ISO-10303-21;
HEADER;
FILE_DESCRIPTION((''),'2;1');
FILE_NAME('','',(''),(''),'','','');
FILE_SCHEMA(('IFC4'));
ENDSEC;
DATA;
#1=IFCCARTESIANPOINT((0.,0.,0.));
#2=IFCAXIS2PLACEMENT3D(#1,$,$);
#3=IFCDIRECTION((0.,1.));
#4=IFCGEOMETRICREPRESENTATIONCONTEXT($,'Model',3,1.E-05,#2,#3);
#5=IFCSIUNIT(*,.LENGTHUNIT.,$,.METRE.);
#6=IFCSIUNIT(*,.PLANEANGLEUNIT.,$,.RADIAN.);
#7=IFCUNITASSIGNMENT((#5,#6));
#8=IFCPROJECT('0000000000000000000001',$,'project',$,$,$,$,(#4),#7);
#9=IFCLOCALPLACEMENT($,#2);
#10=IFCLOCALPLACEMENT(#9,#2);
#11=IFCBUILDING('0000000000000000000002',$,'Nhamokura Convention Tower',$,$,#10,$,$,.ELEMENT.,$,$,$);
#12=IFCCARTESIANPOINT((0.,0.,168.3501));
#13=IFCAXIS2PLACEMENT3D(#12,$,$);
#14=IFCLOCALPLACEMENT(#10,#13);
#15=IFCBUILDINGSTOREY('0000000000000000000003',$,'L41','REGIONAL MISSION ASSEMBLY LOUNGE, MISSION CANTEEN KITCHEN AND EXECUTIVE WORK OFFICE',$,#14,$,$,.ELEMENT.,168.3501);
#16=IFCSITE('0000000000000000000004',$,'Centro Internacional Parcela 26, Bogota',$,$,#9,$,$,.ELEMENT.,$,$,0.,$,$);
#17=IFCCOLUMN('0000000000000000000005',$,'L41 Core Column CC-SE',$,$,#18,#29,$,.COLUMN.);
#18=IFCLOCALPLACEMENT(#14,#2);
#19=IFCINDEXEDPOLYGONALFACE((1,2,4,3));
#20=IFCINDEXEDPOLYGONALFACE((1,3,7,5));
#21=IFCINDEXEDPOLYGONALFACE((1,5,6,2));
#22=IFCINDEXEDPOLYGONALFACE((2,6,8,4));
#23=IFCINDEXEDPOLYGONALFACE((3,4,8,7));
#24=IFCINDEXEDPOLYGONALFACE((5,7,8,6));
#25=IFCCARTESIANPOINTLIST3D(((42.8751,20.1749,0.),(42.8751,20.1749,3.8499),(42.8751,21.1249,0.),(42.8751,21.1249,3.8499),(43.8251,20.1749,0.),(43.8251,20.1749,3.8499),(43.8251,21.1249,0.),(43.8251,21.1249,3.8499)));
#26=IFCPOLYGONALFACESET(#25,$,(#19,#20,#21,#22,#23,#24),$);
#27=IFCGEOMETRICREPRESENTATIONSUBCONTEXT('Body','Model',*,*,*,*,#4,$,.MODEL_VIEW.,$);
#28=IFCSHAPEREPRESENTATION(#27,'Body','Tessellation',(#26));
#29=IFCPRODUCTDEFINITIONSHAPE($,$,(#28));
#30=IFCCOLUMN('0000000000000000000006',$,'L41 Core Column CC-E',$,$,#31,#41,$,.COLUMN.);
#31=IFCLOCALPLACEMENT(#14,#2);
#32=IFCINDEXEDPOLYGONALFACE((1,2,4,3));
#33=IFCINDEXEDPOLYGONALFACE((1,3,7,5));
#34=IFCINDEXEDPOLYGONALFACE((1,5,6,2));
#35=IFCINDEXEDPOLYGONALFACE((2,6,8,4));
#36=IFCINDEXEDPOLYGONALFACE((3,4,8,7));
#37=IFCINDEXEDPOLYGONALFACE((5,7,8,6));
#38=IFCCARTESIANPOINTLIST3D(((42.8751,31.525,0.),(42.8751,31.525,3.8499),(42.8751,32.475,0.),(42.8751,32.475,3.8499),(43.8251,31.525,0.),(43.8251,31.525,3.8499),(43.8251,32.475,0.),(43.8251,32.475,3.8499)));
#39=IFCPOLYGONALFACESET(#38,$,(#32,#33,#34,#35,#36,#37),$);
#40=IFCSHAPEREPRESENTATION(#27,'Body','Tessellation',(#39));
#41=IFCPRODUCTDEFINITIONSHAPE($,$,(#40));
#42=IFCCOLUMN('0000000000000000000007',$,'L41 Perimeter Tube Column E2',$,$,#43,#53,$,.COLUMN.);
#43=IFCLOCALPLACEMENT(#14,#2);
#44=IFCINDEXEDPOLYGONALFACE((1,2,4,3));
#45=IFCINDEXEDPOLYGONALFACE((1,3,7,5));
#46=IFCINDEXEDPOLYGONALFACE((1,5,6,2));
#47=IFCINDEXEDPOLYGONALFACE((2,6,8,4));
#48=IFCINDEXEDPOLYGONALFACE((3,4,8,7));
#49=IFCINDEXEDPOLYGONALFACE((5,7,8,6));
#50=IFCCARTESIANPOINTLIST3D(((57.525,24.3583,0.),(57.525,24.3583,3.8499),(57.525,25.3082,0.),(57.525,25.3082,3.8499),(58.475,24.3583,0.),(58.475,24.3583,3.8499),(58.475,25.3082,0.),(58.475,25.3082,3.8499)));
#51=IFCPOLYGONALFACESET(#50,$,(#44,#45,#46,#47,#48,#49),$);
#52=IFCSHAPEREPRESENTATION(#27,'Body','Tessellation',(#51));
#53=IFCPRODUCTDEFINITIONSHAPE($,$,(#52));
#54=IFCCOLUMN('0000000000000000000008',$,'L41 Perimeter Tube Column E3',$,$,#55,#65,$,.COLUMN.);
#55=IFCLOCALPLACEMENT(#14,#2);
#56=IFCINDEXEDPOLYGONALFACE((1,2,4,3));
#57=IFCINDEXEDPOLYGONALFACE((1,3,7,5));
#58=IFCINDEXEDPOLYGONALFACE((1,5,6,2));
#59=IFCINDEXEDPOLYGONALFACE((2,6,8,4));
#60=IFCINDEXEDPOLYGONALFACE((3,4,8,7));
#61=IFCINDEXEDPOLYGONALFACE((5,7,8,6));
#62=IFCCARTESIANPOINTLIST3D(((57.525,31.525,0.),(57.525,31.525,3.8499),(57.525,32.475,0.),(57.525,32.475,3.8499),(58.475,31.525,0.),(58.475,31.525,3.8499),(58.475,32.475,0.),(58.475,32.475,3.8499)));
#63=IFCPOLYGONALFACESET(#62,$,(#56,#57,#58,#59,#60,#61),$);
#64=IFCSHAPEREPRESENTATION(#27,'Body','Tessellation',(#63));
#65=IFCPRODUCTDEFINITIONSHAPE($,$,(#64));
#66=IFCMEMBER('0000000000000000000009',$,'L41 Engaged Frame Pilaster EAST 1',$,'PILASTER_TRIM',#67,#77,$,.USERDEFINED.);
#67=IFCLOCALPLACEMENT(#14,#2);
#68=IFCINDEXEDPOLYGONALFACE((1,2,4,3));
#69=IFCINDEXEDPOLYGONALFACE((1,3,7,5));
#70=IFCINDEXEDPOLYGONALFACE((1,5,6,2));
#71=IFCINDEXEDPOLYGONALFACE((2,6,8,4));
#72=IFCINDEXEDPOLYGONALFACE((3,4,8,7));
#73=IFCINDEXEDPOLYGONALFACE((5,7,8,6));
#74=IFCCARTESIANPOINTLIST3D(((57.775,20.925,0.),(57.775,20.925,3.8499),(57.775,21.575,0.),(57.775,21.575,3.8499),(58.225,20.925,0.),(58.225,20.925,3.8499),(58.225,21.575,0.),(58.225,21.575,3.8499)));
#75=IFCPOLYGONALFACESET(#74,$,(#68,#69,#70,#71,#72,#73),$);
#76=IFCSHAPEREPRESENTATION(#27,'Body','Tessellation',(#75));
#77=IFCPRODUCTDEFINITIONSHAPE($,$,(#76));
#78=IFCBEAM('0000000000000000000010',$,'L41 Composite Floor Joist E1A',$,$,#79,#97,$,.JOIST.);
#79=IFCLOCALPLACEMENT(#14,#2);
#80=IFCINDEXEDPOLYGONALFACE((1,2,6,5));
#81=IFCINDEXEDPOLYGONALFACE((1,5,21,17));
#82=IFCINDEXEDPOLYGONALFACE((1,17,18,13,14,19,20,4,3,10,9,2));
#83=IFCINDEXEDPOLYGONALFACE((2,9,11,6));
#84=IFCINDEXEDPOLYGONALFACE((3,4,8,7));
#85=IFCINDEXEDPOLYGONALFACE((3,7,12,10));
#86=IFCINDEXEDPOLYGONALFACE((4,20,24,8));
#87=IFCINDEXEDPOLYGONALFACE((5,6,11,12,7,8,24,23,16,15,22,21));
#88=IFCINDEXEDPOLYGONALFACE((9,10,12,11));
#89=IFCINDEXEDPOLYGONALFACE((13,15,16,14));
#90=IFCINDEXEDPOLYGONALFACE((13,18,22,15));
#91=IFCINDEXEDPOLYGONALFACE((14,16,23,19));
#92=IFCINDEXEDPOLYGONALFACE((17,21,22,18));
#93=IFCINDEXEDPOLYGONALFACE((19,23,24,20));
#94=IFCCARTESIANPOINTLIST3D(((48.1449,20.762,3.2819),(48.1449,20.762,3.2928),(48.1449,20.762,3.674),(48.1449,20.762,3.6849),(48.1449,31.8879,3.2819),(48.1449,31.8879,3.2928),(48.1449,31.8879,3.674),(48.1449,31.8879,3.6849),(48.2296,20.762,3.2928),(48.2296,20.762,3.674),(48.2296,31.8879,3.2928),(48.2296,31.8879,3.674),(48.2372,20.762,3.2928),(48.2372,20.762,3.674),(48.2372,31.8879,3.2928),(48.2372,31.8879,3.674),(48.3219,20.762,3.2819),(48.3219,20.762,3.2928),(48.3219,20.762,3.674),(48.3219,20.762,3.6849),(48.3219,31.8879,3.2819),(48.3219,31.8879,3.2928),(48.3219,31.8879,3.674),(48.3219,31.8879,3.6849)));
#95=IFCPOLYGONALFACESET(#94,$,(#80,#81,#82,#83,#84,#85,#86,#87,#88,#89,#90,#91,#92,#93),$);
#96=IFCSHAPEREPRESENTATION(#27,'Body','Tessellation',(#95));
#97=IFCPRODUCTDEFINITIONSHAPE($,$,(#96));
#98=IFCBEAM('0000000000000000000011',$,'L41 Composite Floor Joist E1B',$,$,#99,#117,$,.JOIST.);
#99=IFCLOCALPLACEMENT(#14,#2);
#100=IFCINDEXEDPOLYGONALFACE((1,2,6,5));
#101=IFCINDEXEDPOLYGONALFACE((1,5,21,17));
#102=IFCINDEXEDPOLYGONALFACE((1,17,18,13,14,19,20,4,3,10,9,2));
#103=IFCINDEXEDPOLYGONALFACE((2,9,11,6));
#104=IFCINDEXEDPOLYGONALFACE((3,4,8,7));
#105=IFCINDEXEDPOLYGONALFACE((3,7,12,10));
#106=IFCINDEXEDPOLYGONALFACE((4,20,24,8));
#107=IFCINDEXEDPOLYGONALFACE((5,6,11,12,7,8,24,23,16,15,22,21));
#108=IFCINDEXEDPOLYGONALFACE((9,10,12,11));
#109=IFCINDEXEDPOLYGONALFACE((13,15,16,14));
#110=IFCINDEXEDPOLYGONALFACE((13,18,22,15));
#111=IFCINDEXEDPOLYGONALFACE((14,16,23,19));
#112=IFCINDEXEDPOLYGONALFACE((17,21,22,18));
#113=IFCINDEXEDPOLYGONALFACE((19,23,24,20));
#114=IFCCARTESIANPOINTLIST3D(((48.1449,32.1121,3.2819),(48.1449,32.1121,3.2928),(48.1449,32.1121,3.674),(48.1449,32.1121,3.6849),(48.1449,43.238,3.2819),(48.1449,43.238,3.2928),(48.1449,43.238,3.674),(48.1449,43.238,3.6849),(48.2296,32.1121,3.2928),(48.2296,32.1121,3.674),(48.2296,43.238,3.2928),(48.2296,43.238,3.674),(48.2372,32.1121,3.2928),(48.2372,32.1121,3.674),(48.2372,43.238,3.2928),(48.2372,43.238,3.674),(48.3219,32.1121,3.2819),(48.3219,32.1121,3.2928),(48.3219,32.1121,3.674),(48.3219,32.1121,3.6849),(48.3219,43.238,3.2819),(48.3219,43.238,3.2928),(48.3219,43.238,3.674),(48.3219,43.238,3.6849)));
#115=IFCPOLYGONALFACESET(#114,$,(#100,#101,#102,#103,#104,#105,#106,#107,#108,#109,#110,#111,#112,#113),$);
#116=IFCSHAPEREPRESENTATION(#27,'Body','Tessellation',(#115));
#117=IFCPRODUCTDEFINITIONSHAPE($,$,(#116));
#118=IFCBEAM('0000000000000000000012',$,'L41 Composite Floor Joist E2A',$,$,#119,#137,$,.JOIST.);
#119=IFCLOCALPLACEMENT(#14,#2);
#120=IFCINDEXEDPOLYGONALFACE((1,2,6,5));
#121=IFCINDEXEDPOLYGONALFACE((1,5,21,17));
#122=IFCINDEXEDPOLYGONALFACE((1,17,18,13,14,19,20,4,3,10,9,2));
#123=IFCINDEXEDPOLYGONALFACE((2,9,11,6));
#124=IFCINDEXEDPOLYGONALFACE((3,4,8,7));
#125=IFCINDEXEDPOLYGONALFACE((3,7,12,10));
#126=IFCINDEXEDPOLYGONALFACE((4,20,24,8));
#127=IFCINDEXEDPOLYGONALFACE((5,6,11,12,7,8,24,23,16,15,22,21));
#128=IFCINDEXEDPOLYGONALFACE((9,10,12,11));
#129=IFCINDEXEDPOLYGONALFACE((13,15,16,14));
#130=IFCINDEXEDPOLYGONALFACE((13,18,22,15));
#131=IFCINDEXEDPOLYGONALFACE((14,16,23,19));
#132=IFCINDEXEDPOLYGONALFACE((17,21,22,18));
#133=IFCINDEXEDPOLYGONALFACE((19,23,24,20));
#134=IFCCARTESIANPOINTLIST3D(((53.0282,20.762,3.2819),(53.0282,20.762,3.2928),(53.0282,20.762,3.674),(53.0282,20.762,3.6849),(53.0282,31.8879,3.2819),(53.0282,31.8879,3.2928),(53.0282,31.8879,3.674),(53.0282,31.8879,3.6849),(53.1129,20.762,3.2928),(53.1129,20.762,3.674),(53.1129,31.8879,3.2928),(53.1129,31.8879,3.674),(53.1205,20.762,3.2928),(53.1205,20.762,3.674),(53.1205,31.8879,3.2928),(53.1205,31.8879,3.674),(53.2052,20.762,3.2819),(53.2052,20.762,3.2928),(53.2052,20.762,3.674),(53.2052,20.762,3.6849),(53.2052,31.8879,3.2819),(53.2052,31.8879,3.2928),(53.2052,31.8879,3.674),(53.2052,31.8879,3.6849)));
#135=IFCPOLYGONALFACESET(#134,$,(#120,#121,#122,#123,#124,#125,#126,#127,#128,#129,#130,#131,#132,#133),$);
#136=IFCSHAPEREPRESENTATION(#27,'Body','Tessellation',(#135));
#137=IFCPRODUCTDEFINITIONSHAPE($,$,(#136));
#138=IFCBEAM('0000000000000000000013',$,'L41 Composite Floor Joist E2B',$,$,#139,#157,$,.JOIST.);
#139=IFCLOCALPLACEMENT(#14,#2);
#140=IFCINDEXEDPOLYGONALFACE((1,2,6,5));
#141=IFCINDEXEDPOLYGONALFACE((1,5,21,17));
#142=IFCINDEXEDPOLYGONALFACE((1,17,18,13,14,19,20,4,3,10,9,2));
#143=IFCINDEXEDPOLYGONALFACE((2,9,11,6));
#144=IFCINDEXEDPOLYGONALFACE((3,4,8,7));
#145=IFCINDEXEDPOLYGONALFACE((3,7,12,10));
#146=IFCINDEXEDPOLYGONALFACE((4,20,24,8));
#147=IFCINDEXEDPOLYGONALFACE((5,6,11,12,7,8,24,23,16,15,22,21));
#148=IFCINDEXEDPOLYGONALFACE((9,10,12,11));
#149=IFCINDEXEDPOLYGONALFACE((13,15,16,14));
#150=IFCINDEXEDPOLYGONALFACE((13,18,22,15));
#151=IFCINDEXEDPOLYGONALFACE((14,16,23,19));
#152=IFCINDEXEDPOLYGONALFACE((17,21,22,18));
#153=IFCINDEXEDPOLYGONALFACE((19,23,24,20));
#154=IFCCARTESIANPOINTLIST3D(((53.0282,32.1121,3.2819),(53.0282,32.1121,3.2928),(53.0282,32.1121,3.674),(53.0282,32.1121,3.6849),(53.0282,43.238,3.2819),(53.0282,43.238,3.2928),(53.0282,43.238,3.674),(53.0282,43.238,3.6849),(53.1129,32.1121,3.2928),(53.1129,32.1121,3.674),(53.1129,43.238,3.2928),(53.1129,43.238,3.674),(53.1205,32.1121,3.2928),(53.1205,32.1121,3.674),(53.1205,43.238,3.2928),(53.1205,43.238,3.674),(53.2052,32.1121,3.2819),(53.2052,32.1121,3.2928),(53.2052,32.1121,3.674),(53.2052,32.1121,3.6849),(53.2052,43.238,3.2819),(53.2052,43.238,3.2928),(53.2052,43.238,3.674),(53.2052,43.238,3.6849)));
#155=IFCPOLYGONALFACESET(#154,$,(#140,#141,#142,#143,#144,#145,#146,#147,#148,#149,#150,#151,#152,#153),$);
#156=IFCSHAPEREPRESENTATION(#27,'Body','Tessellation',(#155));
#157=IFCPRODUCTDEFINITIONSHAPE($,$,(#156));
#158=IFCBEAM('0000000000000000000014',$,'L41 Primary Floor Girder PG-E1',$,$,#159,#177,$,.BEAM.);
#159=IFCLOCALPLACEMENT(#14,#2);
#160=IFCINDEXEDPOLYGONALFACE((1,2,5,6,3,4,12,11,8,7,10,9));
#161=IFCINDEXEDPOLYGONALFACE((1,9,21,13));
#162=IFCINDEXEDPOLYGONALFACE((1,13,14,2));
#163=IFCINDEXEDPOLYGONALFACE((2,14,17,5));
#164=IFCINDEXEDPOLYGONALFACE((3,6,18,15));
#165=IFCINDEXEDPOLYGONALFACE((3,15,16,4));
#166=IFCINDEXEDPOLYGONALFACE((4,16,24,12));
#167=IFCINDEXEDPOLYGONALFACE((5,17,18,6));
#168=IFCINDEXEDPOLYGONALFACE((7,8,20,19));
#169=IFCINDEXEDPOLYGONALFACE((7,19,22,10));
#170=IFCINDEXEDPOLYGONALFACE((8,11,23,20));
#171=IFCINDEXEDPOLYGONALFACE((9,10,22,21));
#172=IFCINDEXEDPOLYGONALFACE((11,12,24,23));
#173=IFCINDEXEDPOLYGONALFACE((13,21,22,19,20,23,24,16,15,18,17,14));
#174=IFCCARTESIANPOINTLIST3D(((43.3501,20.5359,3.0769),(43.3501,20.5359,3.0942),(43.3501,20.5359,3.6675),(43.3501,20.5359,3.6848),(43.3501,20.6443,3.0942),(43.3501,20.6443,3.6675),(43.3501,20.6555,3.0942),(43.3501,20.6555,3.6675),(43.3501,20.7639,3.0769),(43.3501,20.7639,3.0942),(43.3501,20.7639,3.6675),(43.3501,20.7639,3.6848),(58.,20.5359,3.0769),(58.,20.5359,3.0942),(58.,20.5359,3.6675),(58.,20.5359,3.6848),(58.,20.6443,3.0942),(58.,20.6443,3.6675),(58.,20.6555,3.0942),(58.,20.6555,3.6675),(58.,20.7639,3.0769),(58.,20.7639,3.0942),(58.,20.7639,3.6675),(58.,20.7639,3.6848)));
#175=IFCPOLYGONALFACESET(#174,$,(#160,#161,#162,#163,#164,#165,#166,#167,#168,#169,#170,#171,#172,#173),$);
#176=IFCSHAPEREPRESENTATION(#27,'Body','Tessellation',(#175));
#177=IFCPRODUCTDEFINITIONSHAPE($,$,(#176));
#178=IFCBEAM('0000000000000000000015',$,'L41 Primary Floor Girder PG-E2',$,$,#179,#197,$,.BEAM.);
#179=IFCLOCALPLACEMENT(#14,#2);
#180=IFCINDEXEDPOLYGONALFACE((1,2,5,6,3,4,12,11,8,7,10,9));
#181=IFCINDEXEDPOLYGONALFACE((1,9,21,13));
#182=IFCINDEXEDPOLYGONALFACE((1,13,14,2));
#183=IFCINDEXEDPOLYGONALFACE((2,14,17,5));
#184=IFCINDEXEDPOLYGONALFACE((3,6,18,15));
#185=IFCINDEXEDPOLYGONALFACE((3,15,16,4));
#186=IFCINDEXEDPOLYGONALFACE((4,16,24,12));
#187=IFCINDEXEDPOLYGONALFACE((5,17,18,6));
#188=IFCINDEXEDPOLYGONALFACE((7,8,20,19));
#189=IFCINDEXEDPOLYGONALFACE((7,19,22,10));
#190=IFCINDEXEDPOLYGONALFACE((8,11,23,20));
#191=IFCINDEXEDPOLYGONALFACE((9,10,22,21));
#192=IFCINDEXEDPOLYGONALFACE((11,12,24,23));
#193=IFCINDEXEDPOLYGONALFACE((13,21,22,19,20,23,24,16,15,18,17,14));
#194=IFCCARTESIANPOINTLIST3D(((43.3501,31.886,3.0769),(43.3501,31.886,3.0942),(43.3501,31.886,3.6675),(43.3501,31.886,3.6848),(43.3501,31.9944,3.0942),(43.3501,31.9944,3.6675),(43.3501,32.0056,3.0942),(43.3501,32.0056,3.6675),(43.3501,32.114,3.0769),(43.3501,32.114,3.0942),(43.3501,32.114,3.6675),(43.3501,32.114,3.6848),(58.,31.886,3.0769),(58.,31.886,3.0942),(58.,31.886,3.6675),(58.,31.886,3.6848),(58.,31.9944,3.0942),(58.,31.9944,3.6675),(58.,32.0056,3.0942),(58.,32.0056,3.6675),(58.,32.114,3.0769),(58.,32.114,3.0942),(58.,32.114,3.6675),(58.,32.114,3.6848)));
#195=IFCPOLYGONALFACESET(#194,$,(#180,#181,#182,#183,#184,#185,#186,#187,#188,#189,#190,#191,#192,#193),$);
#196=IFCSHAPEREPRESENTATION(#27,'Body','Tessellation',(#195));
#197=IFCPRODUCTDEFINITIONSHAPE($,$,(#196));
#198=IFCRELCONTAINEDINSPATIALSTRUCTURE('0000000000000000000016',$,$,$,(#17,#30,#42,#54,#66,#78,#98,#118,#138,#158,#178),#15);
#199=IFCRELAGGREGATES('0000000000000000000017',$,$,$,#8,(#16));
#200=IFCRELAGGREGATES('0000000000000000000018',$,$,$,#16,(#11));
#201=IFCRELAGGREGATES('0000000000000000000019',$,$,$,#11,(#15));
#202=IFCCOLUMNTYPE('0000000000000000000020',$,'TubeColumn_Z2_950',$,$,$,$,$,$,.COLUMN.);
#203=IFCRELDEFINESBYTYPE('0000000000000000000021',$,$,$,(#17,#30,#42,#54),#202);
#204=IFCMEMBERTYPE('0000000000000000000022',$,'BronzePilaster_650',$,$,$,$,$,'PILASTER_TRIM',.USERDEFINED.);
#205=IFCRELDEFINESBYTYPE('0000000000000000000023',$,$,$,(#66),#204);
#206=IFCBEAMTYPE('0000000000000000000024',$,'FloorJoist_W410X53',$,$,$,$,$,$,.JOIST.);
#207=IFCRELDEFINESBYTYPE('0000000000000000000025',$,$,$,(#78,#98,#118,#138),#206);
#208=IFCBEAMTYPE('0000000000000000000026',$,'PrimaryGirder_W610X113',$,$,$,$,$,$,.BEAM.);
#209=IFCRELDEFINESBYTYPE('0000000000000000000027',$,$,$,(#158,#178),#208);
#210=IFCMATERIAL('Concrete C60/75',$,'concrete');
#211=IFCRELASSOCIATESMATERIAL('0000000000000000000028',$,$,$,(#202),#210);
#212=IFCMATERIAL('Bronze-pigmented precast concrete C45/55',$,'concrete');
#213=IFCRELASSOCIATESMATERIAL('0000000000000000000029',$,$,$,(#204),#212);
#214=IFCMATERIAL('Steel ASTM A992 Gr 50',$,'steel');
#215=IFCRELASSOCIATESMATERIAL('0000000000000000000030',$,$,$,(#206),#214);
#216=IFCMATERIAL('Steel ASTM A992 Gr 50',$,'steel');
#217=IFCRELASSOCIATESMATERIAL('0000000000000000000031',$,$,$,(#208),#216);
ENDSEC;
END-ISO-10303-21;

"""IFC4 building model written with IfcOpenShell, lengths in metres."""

from ifc_helpers import new_model, si_unit, direction, frame, origin, origin_2d, place, context, subcontext, project, spatial, rectangle, i_section, extrude, material, material_profile, profile_set, type_object, element, save


model = new_model("IFC4")

# Units and contexts
model_context = context("Model", 3, precision=1e-05, world=origin(), true_north=direction((0.0, 1.0)))
body_context = subcontext(model_context, "Body", "Model", "MODEL_VIEW")
ifc_project = project(units=[si_unit("LENGTHUNIT", "METRE"), si_unit("PLANEANGLEUNIT", "RADIAN")], contexts=[model_context])

# Site, building, storey
site_placement = place(None, origin())
site = spatial("IfcSite", under=ifc_project, at=site_placement, Name="Centro Internacional Parcela 26, Bogota", CompositionType="ELEMENT", RefElevation=0.0)
building_placement = place(site_placement, origin())
building = spatial("IfcBuilding", under=site, at=building_placement, Name="Nhamokura Convention Tower", CompositionType="ELEMENT")
storey_placement = place(building_placement, frame((0.0, 0.0, 168.3501)))
storey = spatial("IfcBuildingStorey", under=building, at=storey_placement, Name="L41", Description="REGIONAL MISSION ASSEMBLY LOUNGE, MISSION CANTEEN KITCHEN AND EXECUTIVE WORK OFFICE", CompositionType="ELEMENT", Elevation=168.3501)

# Columns
ifc_material_1 = material(Name="Concrete C60/75", Category="concrete")
ifc_material_profile_1 = material_profile(ifc_material_1, rectangle(XDim=0.95, YDim=0.95, at=origin_2d()))
ifc_profile_set_1 = profile_set([ifc_material_profile_1], Name="Concrete C60/75")
column_type = type_object("IfcColumnType", Name="TubeColumn_Z2_950", PredefinedType="COLUMN", material=ifc_profile_set_1)
for number, where, z_axis, x_axis, name in (
    (1, (43.3501, 20.6499, 0.0), (0.0, 0.0, 1.0), (1.0, 0.0, 0.0), "L41 Core Column CC-SE"),
    (2, (43.3501, 32.0, 0.0), (0.0, 0.0, 1.0), (1.0, 0.0, 0.0), "L41 Core Column CC-E"),
    (3, (58.0, 24.8333, 0.0), (0.0, 0.0, 1.0), (1.0, 0.0, 0.0), "L41 Perimeter Tube Column E2"),
    (4, (58.0, 32.0, 0.0), (0.0, 0.0, 1.0), (1.0, 0.0, 0.0), "L41 Perimeter Tube Column E3"),
):
    element("IfcColumn", number, at=place(storey_placement, frame(where, z_axis=z_axis, x_axis=x_axis)), inside=storey, type_object=column_type, Name=name, PredefinedType="COLUMN", context=body_context, shape_type="SweptSolid", body=[
        extrude(rectangle(XDim=0.95, YDim=0.95, at=origin_2d()), origin(), (0.0, 0.0, 1.0), 3.8499),
    ])

# Member
ifc_material_2 = material(Name="Bronze-pigmented precast concrete C45/55", Category="concrete")
ifc_material_profile_2 = material_profile(ifc_material_2, rectangle(XDim=0.45, YDim=0.6499, at=origin_2d()))
ifc_profile_set_2 = profile_set([ifc_material_profile_2], Name="Bronze-pigmented precast concrete C45/55")
member_type = type_object("IfcMemberType", Name="BronzePilaster_650", ElementType="PILASTER_TRIM", PredefinedType="USERDEFINED", material=ifc_profile_set_2)
member_placement = place(storey_placement, frame((58.0, 21.25, 0.0), z_axis=(0.0, 0.0, 1.0), x_axis=(1.0, 0.0, 0.0)))
element("IfcMember", 5, at=member_placement, inside=storey, type_object=member_type, Name="L41 Engaged Frame Pilaster EAST 1", ObjectType="PILASTER_TRIM", PredefinedType="USERDEFINED", context=body_context, shape_type="SweptSolid", body=[
    extrude(rectangle(XDim=0.45, YDim=0.6499, at=origin_2d()), origin(), (0.0, 0.0, 1.0), 3.8499),
])

# Beams
ifc_material_3 = material(Name="Steel ASTM A992 Gr 50", Category="steel")
ifc_material_profile_3 = material_profile(ifc_material_3, i_section(OverallWidth=0.177, OverallDepth=0.4031, WebThickness=0.0076, FlangeThickness=0.011, at=origin_2d()))
ifc_profile_set_3 = profile_set([ifc_material_profile_3], Name="Steel ASTM A992 Gr 50")
beam_type_1 = type_object("IfcBeamType", Name="FloorJoist_W410X53", PredefinedType="JOIST", material=ifc_profile_set_3)
for number, where, z_axis, x_axis, name in (
    (6, (48.2334, 20.762, 3.4834), (0.0, 1.0, 0.0), (-1.0, 0.0, 0.0), "L41 Composite Floor Joist E1A"),
    (7, (48.2334, 32.1121, 3.4834), (0.0, 1.0, 0.0), (-1.0, 0.0, 0.0), "L41 Composite Floor Joist E1B"),
    (8, (53.1167, 20.762, 3.4834), (0.0, 1.0, 0.0), (-1.0, 0.0, 0.0), "L41 Composite Floor Joist E2A"),
    (9, (53.1167, 32.1121, 3.4834), (0.0, 1.0, 0.0), (-1.0, 0.0, 0.0), "L41 Composite Floor Joist E2B"),
):
    element("IfcBeam", number, at=place(storey_placement, frame(where, z_axis=z_axis, x_axis=x_axis)), inside=storey, type_object=beam_type_1, Name=name, PredefinedType="JOIST", context=body_context, shape_type="SweptSolid", body=[
        extrude(i_section(OverallWidth=0.177, OverallDepth=0.4031, WebThickness=0.0076, FlangeThickness=0.011, at=origin_2d()), origin(), (0.0, 0.0, 1.0), 11.126),
    ])
ifc_material_4 = material(Name="Steel ASTM A992 Gr 50", Category="steel")
ifc_material_profile_4 = material_profile(ifc_material_4, i_section(OverallWidth=0.228, OverallDepth=0.6079, WebThickness=0.0112, FlangeThickness=0.0173, at=origin_2d()))
ifc_profile_set_4 = profile_set([ifc_material_profile_4], Name="Steel ASTM A992 Gr 50")
beam_type_2 = type_object("IfcBeamType", Name="PrimaryGirder_W610X113", PredefinedType="BEAM", material=ifc_profile_set_4)
for number, where, z_axis, x_axis, name in (
    (10, (43.3501, 20.6499, 3.3809), (1.0, 0.0, 0.0), (0.0, 1.0, 0.0), "L41 Primary Floor Girder PG-E1"),
    (11, (43.3501, 32.0, 3.3809), (1.0, 0.0, 0.0), (0.0, 1.0, 0.0), "L41 Primary Floor Girder PG-E2"),
):
    element("IfcBeam", number, at=place(storey_placement, frame(where, z_axis=z_axis, x_axis=x_axis)), inside=storey, type_object=beam_type_2, Name=name, PredefinedType="BEAM", context=body_context, shape_type="SweptSolid", body=[
        extrude(i_section(OverallWidth=0.228, OverallDepth=0.6079, WebThickness=0.0112, FlangeThickness=0.0173, at=origin_2d()), origin(), (0.0, 0.0, 1.0), 14.6499),
    ])

save(model, "model.ifc")
